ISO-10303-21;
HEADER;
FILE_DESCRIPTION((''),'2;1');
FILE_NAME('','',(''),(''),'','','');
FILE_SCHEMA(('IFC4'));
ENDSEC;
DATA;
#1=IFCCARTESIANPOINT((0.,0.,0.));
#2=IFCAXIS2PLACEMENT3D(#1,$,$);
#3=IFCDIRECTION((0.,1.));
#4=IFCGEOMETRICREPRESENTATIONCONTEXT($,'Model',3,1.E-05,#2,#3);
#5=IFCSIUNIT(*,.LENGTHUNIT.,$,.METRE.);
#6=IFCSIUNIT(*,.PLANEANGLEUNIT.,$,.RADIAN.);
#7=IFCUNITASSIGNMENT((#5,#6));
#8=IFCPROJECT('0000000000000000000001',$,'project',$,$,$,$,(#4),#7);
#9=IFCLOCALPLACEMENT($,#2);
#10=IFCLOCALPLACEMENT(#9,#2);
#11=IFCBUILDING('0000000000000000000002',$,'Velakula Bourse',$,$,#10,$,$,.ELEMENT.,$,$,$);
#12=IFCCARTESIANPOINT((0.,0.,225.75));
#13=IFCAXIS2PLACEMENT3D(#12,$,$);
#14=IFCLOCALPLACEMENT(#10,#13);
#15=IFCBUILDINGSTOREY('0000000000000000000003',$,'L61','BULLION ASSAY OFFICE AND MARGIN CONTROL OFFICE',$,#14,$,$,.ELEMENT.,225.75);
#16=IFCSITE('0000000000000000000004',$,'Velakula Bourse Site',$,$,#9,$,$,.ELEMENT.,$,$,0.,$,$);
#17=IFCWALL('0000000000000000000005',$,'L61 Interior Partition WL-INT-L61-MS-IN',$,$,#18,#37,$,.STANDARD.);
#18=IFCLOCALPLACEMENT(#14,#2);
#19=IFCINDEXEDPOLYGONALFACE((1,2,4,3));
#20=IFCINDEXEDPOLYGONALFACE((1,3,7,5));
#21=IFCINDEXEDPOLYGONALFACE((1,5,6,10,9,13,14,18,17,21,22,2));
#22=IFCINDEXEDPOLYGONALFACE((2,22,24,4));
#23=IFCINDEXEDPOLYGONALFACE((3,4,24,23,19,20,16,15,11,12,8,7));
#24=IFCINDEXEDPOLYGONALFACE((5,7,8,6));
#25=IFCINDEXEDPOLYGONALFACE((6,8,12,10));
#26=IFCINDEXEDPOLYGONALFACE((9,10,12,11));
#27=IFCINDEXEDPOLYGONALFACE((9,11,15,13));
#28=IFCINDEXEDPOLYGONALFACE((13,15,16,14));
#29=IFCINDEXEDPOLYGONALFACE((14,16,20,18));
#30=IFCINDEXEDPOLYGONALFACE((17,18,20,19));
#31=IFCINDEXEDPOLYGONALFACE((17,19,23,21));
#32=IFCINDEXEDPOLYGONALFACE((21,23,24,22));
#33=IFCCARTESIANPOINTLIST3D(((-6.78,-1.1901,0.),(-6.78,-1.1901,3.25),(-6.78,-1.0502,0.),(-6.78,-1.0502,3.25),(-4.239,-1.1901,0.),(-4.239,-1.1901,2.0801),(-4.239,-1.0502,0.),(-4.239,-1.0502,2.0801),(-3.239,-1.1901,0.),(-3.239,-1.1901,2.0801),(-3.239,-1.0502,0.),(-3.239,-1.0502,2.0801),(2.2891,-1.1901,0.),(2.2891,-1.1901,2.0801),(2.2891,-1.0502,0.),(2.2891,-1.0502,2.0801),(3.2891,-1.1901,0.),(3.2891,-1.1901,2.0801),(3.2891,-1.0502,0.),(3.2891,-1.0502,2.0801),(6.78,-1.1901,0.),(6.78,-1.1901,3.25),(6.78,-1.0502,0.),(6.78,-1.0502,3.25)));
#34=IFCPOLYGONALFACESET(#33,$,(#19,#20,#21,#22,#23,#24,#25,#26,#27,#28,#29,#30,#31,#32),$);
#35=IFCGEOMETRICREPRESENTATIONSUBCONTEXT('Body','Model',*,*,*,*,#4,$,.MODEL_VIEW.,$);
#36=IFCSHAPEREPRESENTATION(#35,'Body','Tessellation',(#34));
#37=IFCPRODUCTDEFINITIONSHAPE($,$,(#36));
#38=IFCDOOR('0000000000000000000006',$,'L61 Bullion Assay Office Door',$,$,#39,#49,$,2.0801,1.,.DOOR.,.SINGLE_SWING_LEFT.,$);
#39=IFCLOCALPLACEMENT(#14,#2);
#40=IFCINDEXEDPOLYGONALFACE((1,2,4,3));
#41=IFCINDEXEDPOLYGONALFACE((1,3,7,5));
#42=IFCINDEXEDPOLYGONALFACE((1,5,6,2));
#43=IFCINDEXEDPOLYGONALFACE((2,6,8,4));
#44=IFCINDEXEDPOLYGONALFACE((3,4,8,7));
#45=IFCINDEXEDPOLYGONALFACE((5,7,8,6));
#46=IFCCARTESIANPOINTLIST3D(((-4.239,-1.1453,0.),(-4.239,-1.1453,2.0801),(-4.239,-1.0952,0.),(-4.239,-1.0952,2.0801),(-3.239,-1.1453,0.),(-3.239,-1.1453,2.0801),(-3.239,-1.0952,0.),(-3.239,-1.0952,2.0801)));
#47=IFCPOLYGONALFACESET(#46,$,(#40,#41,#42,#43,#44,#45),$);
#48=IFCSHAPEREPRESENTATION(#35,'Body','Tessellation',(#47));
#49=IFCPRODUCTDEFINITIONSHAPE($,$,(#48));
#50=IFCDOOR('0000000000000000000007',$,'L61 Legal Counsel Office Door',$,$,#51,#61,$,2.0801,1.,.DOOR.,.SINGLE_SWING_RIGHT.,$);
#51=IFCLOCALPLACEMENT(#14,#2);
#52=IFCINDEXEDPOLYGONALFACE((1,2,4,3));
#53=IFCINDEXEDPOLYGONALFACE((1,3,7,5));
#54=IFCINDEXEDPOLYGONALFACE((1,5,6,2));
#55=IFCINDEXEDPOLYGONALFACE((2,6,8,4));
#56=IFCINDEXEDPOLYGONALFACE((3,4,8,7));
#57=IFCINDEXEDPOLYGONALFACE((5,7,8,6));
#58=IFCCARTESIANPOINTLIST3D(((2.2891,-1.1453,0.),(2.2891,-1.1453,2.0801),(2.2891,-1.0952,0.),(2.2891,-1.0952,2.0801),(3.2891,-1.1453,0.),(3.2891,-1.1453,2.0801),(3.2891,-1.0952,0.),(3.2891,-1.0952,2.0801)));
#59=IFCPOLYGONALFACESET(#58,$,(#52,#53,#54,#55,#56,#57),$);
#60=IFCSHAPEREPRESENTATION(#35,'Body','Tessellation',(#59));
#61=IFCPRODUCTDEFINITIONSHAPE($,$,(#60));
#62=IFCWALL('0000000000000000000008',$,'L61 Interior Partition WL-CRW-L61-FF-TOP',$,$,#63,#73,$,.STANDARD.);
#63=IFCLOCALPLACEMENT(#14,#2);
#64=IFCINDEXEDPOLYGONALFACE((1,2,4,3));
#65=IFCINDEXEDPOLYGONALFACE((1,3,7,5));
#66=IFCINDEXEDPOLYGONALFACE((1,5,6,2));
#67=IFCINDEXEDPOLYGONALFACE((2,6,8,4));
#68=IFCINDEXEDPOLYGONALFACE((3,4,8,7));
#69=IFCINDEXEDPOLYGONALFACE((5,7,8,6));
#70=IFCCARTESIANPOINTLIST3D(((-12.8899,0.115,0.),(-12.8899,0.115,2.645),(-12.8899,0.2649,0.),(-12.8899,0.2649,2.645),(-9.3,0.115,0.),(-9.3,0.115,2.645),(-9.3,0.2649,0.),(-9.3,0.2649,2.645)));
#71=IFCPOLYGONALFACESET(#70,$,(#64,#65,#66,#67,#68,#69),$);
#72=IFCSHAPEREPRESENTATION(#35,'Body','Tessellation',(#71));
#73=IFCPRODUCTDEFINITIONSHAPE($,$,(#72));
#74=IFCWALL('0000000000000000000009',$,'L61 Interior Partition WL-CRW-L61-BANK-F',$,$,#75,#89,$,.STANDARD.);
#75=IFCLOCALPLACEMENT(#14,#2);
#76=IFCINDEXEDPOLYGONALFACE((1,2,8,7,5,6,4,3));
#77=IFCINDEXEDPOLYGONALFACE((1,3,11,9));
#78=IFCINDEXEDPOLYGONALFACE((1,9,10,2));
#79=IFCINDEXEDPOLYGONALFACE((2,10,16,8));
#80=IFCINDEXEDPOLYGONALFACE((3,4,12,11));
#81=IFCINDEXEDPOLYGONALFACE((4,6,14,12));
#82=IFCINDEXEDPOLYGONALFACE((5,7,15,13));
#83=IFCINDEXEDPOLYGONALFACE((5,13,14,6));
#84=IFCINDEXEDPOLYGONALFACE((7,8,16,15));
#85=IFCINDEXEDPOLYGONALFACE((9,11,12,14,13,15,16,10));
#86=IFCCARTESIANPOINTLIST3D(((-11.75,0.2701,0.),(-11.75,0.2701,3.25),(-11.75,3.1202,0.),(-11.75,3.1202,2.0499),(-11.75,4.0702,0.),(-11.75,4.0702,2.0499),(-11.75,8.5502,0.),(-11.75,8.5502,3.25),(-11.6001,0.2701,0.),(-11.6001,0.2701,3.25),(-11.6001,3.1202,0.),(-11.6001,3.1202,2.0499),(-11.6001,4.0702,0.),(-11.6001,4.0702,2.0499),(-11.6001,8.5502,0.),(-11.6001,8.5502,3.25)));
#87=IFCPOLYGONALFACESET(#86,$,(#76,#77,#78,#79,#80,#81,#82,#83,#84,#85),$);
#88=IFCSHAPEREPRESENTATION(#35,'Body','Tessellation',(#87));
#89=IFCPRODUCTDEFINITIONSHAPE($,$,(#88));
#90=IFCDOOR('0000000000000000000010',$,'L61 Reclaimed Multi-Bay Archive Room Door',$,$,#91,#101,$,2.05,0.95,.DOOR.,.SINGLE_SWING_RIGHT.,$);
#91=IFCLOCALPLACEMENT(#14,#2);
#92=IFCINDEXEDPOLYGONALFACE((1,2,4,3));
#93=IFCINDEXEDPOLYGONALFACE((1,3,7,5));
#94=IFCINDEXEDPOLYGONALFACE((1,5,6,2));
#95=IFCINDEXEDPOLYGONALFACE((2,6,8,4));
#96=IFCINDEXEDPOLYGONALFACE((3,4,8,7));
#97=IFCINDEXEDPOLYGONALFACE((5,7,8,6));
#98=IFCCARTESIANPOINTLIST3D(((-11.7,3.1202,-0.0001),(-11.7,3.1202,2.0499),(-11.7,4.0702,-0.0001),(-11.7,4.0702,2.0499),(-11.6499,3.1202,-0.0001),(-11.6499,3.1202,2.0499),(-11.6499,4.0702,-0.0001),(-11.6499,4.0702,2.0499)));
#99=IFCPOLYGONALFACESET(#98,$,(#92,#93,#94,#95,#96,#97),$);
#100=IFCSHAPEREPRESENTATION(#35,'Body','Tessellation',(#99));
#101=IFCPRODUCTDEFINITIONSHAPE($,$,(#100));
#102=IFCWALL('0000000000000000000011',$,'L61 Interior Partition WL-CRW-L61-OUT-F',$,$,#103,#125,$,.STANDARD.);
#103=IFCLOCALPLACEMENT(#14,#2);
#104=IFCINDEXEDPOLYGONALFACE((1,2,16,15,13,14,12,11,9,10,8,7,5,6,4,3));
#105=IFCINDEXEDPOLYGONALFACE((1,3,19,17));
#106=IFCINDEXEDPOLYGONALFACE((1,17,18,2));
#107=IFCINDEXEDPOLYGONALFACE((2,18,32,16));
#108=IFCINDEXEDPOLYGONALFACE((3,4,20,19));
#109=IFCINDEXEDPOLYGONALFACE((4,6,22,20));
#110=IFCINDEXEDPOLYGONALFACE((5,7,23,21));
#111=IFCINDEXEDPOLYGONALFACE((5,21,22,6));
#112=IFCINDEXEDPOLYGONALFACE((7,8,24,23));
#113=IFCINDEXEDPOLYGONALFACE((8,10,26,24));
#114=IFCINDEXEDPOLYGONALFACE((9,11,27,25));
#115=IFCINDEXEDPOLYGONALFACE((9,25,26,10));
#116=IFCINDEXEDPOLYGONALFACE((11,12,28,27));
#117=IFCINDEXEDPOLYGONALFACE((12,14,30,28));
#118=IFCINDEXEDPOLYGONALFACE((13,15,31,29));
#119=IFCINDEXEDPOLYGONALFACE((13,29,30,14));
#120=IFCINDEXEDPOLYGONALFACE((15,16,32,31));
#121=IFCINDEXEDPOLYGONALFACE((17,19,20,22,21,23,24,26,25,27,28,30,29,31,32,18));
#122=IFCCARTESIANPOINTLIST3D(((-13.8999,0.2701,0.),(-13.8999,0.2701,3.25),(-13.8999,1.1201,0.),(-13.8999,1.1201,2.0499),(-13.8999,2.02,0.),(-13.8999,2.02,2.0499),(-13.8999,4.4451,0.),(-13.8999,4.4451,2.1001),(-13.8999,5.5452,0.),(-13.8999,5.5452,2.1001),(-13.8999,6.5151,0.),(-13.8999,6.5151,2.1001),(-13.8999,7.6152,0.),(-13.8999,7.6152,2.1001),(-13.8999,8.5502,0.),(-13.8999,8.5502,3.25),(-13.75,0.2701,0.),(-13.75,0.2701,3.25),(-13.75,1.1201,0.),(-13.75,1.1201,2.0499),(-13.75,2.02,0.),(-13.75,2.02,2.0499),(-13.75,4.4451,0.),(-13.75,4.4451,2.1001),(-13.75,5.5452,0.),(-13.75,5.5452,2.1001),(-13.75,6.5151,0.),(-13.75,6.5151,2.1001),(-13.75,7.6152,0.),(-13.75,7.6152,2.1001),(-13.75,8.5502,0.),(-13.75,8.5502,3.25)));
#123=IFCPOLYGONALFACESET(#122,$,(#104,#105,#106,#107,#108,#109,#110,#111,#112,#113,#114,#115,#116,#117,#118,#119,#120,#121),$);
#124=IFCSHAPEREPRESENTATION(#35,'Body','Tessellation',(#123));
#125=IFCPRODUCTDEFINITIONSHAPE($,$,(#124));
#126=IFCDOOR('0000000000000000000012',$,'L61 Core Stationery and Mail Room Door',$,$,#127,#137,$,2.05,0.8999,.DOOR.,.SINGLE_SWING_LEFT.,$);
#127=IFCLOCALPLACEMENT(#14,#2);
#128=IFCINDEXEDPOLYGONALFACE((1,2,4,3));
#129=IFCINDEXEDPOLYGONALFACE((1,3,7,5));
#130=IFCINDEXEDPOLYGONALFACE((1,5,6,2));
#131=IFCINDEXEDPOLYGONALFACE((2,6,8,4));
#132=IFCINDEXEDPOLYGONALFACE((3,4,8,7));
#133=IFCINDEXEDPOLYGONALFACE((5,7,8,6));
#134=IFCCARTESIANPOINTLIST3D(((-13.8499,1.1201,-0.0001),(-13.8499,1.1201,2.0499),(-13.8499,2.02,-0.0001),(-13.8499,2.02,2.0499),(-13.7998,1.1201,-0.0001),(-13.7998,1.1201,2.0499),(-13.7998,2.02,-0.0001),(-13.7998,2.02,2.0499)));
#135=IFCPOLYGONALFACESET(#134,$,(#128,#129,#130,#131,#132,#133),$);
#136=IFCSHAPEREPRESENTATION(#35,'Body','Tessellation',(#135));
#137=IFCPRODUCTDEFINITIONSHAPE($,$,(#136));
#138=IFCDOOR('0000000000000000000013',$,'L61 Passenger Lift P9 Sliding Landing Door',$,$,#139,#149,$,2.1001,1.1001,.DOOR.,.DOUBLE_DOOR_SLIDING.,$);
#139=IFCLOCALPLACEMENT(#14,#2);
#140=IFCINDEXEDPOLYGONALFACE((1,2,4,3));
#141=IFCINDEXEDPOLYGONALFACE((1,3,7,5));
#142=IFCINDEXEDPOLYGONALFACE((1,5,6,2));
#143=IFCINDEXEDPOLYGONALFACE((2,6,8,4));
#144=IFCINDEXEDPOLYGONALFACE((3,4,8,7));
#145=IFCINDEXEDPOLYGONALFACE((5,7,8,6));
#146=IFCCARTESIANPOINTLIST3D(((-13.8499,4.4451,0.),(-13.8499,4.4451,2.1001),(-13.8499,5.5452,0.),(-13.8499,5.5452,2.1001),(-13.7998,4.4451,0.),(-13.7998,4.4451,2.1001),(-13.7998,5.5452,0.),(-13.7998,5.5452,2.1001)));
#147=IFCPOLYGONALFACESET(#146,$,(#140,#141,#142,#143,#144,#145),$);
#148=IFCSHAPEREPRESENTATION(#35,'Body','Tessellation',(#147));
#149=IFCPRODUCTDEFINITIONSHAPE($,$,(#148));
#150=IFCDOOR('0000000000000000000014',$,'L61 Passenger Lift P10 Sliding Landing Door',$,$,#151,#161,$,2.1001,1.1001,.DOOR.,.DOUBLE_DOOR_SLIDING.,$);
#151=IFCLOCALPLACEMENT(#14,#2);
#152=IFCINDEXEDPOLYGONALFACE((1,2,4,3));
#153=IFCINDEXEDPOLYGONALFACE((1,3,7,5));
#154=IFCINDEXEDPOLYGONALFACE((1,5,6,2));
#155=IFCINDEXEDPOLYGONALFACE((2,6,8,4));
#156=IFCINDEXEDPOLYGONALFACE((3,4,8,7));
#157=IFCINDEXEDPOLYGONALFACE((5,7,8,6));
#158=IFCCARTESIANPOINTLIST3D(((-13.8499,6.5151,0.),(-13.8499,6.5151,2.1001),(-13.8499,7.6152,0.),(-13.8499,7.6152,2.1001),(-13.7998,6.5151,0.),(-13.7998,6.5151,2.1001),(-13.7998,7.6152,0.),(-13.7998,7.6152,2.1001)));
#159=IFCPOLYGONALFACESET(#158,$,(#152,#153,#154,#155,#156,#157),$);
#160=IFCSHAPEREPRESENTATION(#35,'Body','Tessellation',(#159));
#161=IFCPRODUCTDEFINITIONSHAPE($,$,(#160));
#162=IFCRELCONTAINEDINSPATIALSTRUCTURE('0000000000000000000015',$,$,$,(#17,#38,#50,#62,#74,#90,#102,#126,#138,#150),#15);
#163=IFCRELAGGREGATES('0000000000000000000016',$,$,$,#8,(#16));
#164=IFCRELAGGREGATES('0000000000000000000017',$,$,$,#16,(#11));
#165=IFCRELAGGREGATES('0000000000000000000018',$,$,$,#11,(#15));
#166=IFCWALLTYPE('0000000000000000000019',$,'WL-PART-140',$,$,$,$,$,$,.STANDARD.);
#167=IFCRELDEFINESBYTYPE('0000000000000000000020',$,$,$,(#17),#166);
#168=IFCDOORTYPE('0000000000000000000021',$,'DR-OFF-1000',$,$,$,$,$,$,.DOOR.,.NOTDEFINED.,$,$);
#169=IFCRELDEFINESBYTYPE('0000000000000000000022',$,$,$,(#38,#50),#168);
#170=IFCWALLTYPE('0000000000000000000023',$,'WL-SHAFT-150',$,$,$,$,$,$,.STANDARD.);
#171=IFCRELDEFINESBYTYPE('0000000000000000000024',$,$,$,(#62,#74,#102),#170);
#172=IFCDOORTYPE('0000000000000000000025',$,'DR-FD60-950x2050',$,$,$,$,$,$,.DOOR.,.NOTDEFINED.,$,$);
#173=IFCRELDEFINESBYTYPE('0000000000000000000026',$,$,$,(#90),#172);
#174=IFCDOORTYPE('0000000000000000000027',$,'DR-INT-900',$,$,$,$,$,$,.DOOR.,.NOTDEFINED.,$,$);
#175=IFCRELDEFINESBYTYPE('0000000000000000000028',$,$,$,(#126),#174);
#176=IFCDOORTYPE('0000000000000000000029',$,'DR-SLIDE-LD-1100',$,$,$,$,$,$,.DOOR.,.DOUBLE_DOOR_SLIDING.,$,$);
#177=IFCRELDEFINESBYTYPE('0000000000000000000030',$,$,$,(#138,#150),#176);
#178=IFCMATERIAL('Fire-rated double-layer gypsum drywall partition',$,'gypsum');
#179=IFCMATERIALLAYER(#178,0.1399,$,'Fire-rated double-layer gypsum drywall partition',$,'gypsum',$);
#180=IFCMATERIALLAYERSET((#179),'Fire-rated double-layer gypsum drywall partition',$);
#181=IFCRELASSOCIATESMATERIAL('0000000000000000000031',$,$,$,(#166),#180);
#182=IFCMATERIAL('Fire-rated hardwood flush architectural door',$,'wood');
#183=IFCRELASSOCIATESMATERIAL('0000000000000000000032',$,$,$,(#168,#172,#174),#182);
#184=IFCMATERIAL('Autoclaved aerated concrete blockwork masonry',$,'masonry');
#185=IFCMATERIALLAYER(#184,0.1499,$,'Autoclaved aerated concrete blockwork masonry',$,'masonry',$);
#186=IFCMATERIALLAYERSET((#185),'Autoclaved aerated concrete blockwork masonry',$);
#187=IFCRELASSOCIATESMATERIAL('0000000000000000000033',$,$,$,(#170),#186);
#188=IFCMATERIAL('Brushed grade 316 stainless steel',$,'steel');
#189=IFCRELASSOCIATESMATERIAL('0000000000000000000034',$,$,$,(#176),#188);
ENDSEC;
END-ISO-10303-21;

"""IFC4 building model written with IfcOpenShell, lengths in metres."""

from ifc_helpers import new_model, si_unit, direction, frame, frame_2d, origin, place, context, subcontext, project, spatial, rectangle, extrude, material, layer, layer_set, type_object, element, fill, save


model = new_model("IFC4")

# Units and contexts
model_context = context("Model", 3, precision=1e-05, world=origin(), true_north=direction((0.0, 1.0)))
body_context = subcontext(model_context, "Body", "Model", "MODEL_VIEW")
ifc_project = project(units=[si_unit("LENGTHUNIT", "METRE"), si_unit("PLANEANGLEUNIT", "RADIAN")], contexts=[model_context])

# Site, building, storey
site_placement = place(None, origin())
site = spatial("IfcSite", under=ifc_project, at=site_placement, Name="Velakula Bourse Site", CompositionType="ELEMENT", RefElevation=0.0)
building_placement = place(site_placement, origin())
building = spatial("IfcBuilding", under=site, at=building_placement, Name="Velakula Bourse", CompositionType="ELEMENT")
storey_placement = place(building_placement, frame((0.0, 0.0, 225.75)))
storey = spatial("IfcBuildingStorey", under=building, at=storey_placement, Name="L61", Description="BULLION ASSAY OFFICE AND MARGIN CONTROL OFFICE", CompositionType="ELEMENT", Elevation=225.75)

# Shared definitions
ifc_material_1 = material(Name="Fire-rated double-layer gypsum drywall partition", Category="gypsum")
ifc_material_2 = material(Name="Fire-rated hardwood flush architectural door", Category="wood")

# Shared definitions
ifc_layer_1 = layer(ifc_material_1, 0.1399, Name="Fire-rated double-layer gypsum drywall partition", Category="gypsum")
ifc_layer_set_1 = layer_set([ifc_layer_1], Name="Fire-rated double-layer gypsum drywall partition")
wall_type_1 = type_object("IfcWallType", Name="WL-PART-140", PredefinedType="STANDARD", material=ifc_layer_set_1)
door_type_1 = type_object("IfcDoorType", Name="DR-OFF-1000", OperationType="NOTDEFINED", PredefinedType="DOOR", material=ifc_material_2)

# Wall, openings, doors
wall_1_placement = place(storey_placement, frame((-6.78, -1.1201, 0.0), z_axis=(0.0, 0.0, 1.0), x_axis=(1.0, 0.0, 0.0)))
wall_1 = element("IfcWall", 1, at=wall_1_placement, inside=storey, type_object=wall_type_1, Name="L61 Interior Partition WL-INT-L61-MS-IN", PredefinedType="STANDARD", context=body_context, shape_type="SweptSolid", body=[
    extrude(rectangle(XDim=13.5601, YDim=0.1399, at=frame_2d((6.78, 0.0))), origin(), (0.0, 0.0, 1.0), 3.25),
])
opening_1_placement = place(wall_1_placement, frame((2.541, 0.0, 0.0)))
opening_1 = element("IfcOpeningElement", 2, at=opening_1_placement, cuts=wall_1, PredefinedType="OPENING", context=body_context, shape_type="SweptSolid", body=[
    extrude(rectangle(XDim=1.0, YDim=2.0801, at=frame_2d((0.5, 1.04))), frame((0.0, 0.0798, 0.0), z_axis=(0.0, -1.0, 0.0), x_axis=(1.0, 0.0, 0.0)), (0.0, 0.0, 1.0), 0.1599),
])
opening_2_placement = place(wall_1_placement, frame((9.0691, 0.0, 0.0)))
opening_2 = element("IfcOpeningElement", 3, at=opening_2_placement, cuts=wall_1, PredefinedType="OPENING", context=body_context, shape_type="SweptSolid", body=[
    extrude(rectangle(XDim=1.0, YDim=2.0801, at=frame_2d((0.5, 1.04))), frame((0.0, 0.0798, 0.0), z_axis=(0.0, -1.0, 0.0), x_axis=(1.0, 0.0, 0.0)), (0.0, 0.0, 1.0), 0.1599),
])
door_1_placement = place(opening_1_placement, origin())
door_1 = element("IfcDoor", 4, at=door_1_placement, inside=storey, type_object=door_type_1, Name="L61 Bullion Assay Office Door", OperationType="SINGLE_SWING_LEFT", OverallHeight=2.0801, OverallWidth=1.0, PredefinedType="DOOR", context=body_context, shape_type="SweptSolid", body=[
    extrude(rectangle(XDim=1.0, YDim=2.0801, at=frame_2d((0.5, 1.04))), frame((0.0, 0.0249, 0.0), z_axis=(0.0, -1.0, 0.0), x_axis=(1.0, 0.0, 0.0)), (0.0, 0.0, 1.0), 0.05),
])
fill(opening_1, door_1)
door_2_placement = place(opening_2_placement, origin())
door_2 = element("IfcDoor", 5, at=door_2_placement, inside=storey, type_object=door_type_1, Name="L61 Legal Counsel Office Door", OperationType="SINGLE_SWING_RIGHT", OverallHeight=2.0801, OverallWidth=1.0, PredefinedType="DOOR", context=body_context, shape_type="SweptSolid", body=[
    extrude(rectangle(XDim=1.0, YDim=2.0801, at=frame_2d((0.5, 1.04))), frame((0.0, 0.0249, 0.0), z_axis=(0.0, -1.0, 0.0), x_axis=(1.0, 0.0, 0.0)), (0.0, 0.0, 1.0), 0.05),
])
fill(opening_2, door_2)

# Wall
ifc_material_3 = material(Name="Autoclaved aerated concrete blockwork masonry", Category="masonry")
ifc_layer_2 = layer(ifc_material_3, 0.1499, Name="Autoclaved aerated concrete blockwork masonry", Category="masonry")
ifc_layer_set_2 = layer_set([ifc_layer_2], Name="Autoclaved aerated concrete blockwork masonry")
wall_type_2 = type_object("IfcWallType", Name="WL-SHAFT-150", PredefinedType="STANDARD", material=ifc_layer_set_2)
wall_2_placement = place(storey_placement, frame((-12.8899, 0.1899, 0.0), z_axis=(0.0, 0.0, 1.0), x_axis=(1.0, 0.0, 0.0)))
element("IfcWall", 6, at=wall_2_placement, inside=storey, type_object=wall_type_2, Name="L61 Interior Partition WL-CRW-L61-FF-TOP", PredefinedType="STANDARD", context=body_context, shape_type="SweptSolid", body=[
    extrude(rectangle(XDim=3.5898, YDim=0.1499, at=frame_2d((1.7949, 0.0))), origin(), (0.0, 0.0, 1.0), 2.645),
])

# Wall, opening, door
wall_3_placement = place(storey_placement, frame((-11.675, 0.27, 0.0), z_axis=(0.0, 0.0, 1.0), x_axis=(0.0, 1.0, 0.0)))
wall_3 = element("IfcWall", 7, at=wall_3_placement, inside=storey, type_object=wall_type_2, Name="L61 Interior Partition WL-CRW-L61-BANK-F", PredefinedType="STANDARD", context=body_context, shape_type="SweptSolid", body=[
    extrude(rectangle(XDim=8.28, YDim=0.1499, at=frame_2d((4.1401, 0.0))), origin(), (0.0, 0.0, 1.0), 3.25),
])
opening_3_placement = place(wall_3_placement, frame((2.8501, 0.0, 0.0)))
opening_3 = element("IfcOpeningElement", 8, at=opening_3_placement, cuts=wall_3, PredefinedType="OPENING", context=body_context, shape_type="SweptSolid", body=[
    extrude(rectangle(XDim=0.95, YDim=2.05, at=frame_2d((0.4751, 1.0249))), frame((0.0, 0.085, 0.0), z_axis=(0.0, -1.0, 0.0), x_axis=(1.0, 0.0, 0.0)), (0.0, 0.0, 1.0), 0.1699),
])
door_type_2 = type_object("IfcDoorType", Name="DR-FD60-950x2050", OperationType="NOTDEFINED", PredefinedType="DOOR", material=ifc_material_2)
door_3_placement = place(opening_3_placement, origin())
door_3 = element("IfcDoor", 9, at=door_3_placement, inside=storey, type_object=door_type_2, Name="L61 Reclaimed Multi-Bay Archive Room Door", OperationType="SINGLE_SWING_RIGHT", OverallHeight=2.05, OverallWidth=0.95, PredefinedType="DOOR", context=body_context, shape_type="SweptSolid", body=[
    extrude(rectangle(XDim=0.95, YDim=2.05, at=frame_2d((0.4751, 1.0249))), frame((0.0, 0.0249, 0.0), z_axis=(0.0, -1.0, 0.0), x_axis=(1.0, 0.0, 0.0)), (0.0, 0.0, 1.0), 0.05),
])
fill(opening_3, door_3)

# Wall, openings, doors
wall_4_placement = place(storey_placement, frame((-13.825, 0.27, 0.0), z_axis=(0.0, 0.0, 1.0), x_axis=(0.0, 1.0, 0.0)))
wall_4 = element("IfcWall", 10, at=wall_4_placement, inside=storey, type_object=wall_type_2, Name="L61 Interior Partition WL-CRW-L61-OUT-F", PredefinedType="STANDARD", context=body_context, shape_type="SweptSolid", body=[
    extrude(rectangle(XDim=8.28, YDim=0.1499, at=frame_2d((4.1401, 0.0))), origin(), (0.0, 0.0, 1.0), 3.25),
])
opening_4_placement = place(wall_4_placement, frame((4.175, 0.0, 0.0)))
opening_4 = element("IfcOpeningElement", 11, at=opening_4_placement, cuts=wall_4, PredefinedType="OPENING", context=body_context, shape_type="SweptSolid", body=[
    extrude(rectangle(XDim=1.1001, YDim=2.1001, at=frame_2d((0.55, 1.05))), frame((0.0, 0.085, 0.0), z_axis=(0.0, -1.0, 0.0), x_axis=(1.0, 0.0, 0.0)), (0.0, 0.0, 1.0), 0.1699),
])
opening_5_placement = place(wall_4_placement, frame((6.2451, 0.0, 0.0)))
opening_5 = element("IfcOpeningElement", 12, at=opening_5_placement, cuts=wall_4, PredefinedType="OPENING", context=body_context, shape_type="SweptSolid", body=[
    extrude(rectangle(XDim=1.1001, YDim=2.1001, at=frame_2d((0.55, 1.05))), frame((0.0, 0.085, 0.0), z_axis=(0.0, -1.0, 0.0), x_axis=(1.0, 0.0, 0.0)), (0.0, 0.0, 1.0), 0.1699),
])
opening_6_placement = place(wall_4_placement, frame((0.8501, 0.0, 0.0)))
opening_6 = element("IfcOpeningElement", 13, at=opening_6_placement, cuts=wall_4, PredefinedType="OPENING", context=body_context, shape_type="SweptSolid", body=[
    extrude(rectangle(XDim=0.8999, YDim=2.05, at=frame_2d((0.45, 1.0249))), frame((0.0, 0.085, 0.0), z_axis=(0.0, -1.0, 0.0), x_axis=(1.0, 0.0, 0.0)), (0.0, 0.0, 1.0), 0.1699),
])
door_type_3 = type_object("IfcDoorType", Name="DR-INT-900", OperationType="NOTDEFINED", PredefinedType="DOOR", material=ifc_material_2)
door_4_placement = place(opening_6_placement, origin())
door_4 = element("IfcDoor", 14, at=door_4_placement, inside=storey, type_object=door_type_3, Name="L61 Core Stationery and Mail Room Door", OperationType="SINGLE_SWING_LEFT", OverallHeight=2.05, OverallWidth=0.8999, PredefinedType="DOOR", context=body_context, shape_type="SweptSolid", body=[
    extrude(rectangle(XDim=0.8999, YDim=2.05, at=frame_2d((0.45, 1.0249))), frame((0.0, 0.0249, 0.0), z_axis=(0.0, -1.0, 0.0), x_axis=(1.0, 0.0, 0.0)), (0.0, 0.0, 1.0), 0.05),
])
fill(opening_6, door_4)
ifc_material_4 = material(Name="Brushed grade 316 stainless steel", Category="steel")
door_type_4 = type_object("IfcDoorType", Name="DR-SLIDE-LD-1100", OperationType="DOUBLE_DOOR_SLIDING", PredefinedType="DOOR", material=ifc_material_4)
door_5_placement = place(opening_4_placement, origin())
door_5 = element("IfcDoor", 15, at=door_5_placement, inside=storey, type_object=door_type_4, Name="L61 Passenger Lift P9 Sliding Landing Door", OperationType="DOUBLE_DOOR_SLIDING", OverallHeight=2.1001, OverallWidth=1.1001, PredefinedType="DOOR", context=body_context, shape_type="SweptSolid", body=[
    extrude(rectangle(XDim=1.1001, YDim=2.1001, at=frame_2d((0.55, 1.05))), frame((0.0, 0.0249, 0.0), z_axis=(0.0, -1.0, 0.0), x_axis=(1.0, 0.0, 0.0)), (0.0, 0.0, 1.0), 0.05),
])
fill(opening_4, door_5)
door_6_placement = place(opening_5_placement, origin())
door_6 = element("IfcDoor", 16, at=door_6_placement, inside=storey, type_object=door_type_4, Name="L61 Passenger Lift P10 Sliding Landing Door", OperationType="DOUBLE_DOOR_SLIDING", OverallHeight=2.1001, OverallWidth=1.1001, PredefinedType="DOOR", context=body_context, shape_type="SweptSolid", body=[
    extrude(rectangle(XDim=1.1001, YDim=2.1001, at=frame_2d((0.55, 1.05))), frame((0.0, 0.0249, 0.0), z_axis=(0.0, -1.0, 0.0), x_axis=(1.0, 0.0, 0.0)), (0.0, 0.0, 1.0), 0.05),
])
fill(opening_5, door_6)

save(model, "model.ifc")
